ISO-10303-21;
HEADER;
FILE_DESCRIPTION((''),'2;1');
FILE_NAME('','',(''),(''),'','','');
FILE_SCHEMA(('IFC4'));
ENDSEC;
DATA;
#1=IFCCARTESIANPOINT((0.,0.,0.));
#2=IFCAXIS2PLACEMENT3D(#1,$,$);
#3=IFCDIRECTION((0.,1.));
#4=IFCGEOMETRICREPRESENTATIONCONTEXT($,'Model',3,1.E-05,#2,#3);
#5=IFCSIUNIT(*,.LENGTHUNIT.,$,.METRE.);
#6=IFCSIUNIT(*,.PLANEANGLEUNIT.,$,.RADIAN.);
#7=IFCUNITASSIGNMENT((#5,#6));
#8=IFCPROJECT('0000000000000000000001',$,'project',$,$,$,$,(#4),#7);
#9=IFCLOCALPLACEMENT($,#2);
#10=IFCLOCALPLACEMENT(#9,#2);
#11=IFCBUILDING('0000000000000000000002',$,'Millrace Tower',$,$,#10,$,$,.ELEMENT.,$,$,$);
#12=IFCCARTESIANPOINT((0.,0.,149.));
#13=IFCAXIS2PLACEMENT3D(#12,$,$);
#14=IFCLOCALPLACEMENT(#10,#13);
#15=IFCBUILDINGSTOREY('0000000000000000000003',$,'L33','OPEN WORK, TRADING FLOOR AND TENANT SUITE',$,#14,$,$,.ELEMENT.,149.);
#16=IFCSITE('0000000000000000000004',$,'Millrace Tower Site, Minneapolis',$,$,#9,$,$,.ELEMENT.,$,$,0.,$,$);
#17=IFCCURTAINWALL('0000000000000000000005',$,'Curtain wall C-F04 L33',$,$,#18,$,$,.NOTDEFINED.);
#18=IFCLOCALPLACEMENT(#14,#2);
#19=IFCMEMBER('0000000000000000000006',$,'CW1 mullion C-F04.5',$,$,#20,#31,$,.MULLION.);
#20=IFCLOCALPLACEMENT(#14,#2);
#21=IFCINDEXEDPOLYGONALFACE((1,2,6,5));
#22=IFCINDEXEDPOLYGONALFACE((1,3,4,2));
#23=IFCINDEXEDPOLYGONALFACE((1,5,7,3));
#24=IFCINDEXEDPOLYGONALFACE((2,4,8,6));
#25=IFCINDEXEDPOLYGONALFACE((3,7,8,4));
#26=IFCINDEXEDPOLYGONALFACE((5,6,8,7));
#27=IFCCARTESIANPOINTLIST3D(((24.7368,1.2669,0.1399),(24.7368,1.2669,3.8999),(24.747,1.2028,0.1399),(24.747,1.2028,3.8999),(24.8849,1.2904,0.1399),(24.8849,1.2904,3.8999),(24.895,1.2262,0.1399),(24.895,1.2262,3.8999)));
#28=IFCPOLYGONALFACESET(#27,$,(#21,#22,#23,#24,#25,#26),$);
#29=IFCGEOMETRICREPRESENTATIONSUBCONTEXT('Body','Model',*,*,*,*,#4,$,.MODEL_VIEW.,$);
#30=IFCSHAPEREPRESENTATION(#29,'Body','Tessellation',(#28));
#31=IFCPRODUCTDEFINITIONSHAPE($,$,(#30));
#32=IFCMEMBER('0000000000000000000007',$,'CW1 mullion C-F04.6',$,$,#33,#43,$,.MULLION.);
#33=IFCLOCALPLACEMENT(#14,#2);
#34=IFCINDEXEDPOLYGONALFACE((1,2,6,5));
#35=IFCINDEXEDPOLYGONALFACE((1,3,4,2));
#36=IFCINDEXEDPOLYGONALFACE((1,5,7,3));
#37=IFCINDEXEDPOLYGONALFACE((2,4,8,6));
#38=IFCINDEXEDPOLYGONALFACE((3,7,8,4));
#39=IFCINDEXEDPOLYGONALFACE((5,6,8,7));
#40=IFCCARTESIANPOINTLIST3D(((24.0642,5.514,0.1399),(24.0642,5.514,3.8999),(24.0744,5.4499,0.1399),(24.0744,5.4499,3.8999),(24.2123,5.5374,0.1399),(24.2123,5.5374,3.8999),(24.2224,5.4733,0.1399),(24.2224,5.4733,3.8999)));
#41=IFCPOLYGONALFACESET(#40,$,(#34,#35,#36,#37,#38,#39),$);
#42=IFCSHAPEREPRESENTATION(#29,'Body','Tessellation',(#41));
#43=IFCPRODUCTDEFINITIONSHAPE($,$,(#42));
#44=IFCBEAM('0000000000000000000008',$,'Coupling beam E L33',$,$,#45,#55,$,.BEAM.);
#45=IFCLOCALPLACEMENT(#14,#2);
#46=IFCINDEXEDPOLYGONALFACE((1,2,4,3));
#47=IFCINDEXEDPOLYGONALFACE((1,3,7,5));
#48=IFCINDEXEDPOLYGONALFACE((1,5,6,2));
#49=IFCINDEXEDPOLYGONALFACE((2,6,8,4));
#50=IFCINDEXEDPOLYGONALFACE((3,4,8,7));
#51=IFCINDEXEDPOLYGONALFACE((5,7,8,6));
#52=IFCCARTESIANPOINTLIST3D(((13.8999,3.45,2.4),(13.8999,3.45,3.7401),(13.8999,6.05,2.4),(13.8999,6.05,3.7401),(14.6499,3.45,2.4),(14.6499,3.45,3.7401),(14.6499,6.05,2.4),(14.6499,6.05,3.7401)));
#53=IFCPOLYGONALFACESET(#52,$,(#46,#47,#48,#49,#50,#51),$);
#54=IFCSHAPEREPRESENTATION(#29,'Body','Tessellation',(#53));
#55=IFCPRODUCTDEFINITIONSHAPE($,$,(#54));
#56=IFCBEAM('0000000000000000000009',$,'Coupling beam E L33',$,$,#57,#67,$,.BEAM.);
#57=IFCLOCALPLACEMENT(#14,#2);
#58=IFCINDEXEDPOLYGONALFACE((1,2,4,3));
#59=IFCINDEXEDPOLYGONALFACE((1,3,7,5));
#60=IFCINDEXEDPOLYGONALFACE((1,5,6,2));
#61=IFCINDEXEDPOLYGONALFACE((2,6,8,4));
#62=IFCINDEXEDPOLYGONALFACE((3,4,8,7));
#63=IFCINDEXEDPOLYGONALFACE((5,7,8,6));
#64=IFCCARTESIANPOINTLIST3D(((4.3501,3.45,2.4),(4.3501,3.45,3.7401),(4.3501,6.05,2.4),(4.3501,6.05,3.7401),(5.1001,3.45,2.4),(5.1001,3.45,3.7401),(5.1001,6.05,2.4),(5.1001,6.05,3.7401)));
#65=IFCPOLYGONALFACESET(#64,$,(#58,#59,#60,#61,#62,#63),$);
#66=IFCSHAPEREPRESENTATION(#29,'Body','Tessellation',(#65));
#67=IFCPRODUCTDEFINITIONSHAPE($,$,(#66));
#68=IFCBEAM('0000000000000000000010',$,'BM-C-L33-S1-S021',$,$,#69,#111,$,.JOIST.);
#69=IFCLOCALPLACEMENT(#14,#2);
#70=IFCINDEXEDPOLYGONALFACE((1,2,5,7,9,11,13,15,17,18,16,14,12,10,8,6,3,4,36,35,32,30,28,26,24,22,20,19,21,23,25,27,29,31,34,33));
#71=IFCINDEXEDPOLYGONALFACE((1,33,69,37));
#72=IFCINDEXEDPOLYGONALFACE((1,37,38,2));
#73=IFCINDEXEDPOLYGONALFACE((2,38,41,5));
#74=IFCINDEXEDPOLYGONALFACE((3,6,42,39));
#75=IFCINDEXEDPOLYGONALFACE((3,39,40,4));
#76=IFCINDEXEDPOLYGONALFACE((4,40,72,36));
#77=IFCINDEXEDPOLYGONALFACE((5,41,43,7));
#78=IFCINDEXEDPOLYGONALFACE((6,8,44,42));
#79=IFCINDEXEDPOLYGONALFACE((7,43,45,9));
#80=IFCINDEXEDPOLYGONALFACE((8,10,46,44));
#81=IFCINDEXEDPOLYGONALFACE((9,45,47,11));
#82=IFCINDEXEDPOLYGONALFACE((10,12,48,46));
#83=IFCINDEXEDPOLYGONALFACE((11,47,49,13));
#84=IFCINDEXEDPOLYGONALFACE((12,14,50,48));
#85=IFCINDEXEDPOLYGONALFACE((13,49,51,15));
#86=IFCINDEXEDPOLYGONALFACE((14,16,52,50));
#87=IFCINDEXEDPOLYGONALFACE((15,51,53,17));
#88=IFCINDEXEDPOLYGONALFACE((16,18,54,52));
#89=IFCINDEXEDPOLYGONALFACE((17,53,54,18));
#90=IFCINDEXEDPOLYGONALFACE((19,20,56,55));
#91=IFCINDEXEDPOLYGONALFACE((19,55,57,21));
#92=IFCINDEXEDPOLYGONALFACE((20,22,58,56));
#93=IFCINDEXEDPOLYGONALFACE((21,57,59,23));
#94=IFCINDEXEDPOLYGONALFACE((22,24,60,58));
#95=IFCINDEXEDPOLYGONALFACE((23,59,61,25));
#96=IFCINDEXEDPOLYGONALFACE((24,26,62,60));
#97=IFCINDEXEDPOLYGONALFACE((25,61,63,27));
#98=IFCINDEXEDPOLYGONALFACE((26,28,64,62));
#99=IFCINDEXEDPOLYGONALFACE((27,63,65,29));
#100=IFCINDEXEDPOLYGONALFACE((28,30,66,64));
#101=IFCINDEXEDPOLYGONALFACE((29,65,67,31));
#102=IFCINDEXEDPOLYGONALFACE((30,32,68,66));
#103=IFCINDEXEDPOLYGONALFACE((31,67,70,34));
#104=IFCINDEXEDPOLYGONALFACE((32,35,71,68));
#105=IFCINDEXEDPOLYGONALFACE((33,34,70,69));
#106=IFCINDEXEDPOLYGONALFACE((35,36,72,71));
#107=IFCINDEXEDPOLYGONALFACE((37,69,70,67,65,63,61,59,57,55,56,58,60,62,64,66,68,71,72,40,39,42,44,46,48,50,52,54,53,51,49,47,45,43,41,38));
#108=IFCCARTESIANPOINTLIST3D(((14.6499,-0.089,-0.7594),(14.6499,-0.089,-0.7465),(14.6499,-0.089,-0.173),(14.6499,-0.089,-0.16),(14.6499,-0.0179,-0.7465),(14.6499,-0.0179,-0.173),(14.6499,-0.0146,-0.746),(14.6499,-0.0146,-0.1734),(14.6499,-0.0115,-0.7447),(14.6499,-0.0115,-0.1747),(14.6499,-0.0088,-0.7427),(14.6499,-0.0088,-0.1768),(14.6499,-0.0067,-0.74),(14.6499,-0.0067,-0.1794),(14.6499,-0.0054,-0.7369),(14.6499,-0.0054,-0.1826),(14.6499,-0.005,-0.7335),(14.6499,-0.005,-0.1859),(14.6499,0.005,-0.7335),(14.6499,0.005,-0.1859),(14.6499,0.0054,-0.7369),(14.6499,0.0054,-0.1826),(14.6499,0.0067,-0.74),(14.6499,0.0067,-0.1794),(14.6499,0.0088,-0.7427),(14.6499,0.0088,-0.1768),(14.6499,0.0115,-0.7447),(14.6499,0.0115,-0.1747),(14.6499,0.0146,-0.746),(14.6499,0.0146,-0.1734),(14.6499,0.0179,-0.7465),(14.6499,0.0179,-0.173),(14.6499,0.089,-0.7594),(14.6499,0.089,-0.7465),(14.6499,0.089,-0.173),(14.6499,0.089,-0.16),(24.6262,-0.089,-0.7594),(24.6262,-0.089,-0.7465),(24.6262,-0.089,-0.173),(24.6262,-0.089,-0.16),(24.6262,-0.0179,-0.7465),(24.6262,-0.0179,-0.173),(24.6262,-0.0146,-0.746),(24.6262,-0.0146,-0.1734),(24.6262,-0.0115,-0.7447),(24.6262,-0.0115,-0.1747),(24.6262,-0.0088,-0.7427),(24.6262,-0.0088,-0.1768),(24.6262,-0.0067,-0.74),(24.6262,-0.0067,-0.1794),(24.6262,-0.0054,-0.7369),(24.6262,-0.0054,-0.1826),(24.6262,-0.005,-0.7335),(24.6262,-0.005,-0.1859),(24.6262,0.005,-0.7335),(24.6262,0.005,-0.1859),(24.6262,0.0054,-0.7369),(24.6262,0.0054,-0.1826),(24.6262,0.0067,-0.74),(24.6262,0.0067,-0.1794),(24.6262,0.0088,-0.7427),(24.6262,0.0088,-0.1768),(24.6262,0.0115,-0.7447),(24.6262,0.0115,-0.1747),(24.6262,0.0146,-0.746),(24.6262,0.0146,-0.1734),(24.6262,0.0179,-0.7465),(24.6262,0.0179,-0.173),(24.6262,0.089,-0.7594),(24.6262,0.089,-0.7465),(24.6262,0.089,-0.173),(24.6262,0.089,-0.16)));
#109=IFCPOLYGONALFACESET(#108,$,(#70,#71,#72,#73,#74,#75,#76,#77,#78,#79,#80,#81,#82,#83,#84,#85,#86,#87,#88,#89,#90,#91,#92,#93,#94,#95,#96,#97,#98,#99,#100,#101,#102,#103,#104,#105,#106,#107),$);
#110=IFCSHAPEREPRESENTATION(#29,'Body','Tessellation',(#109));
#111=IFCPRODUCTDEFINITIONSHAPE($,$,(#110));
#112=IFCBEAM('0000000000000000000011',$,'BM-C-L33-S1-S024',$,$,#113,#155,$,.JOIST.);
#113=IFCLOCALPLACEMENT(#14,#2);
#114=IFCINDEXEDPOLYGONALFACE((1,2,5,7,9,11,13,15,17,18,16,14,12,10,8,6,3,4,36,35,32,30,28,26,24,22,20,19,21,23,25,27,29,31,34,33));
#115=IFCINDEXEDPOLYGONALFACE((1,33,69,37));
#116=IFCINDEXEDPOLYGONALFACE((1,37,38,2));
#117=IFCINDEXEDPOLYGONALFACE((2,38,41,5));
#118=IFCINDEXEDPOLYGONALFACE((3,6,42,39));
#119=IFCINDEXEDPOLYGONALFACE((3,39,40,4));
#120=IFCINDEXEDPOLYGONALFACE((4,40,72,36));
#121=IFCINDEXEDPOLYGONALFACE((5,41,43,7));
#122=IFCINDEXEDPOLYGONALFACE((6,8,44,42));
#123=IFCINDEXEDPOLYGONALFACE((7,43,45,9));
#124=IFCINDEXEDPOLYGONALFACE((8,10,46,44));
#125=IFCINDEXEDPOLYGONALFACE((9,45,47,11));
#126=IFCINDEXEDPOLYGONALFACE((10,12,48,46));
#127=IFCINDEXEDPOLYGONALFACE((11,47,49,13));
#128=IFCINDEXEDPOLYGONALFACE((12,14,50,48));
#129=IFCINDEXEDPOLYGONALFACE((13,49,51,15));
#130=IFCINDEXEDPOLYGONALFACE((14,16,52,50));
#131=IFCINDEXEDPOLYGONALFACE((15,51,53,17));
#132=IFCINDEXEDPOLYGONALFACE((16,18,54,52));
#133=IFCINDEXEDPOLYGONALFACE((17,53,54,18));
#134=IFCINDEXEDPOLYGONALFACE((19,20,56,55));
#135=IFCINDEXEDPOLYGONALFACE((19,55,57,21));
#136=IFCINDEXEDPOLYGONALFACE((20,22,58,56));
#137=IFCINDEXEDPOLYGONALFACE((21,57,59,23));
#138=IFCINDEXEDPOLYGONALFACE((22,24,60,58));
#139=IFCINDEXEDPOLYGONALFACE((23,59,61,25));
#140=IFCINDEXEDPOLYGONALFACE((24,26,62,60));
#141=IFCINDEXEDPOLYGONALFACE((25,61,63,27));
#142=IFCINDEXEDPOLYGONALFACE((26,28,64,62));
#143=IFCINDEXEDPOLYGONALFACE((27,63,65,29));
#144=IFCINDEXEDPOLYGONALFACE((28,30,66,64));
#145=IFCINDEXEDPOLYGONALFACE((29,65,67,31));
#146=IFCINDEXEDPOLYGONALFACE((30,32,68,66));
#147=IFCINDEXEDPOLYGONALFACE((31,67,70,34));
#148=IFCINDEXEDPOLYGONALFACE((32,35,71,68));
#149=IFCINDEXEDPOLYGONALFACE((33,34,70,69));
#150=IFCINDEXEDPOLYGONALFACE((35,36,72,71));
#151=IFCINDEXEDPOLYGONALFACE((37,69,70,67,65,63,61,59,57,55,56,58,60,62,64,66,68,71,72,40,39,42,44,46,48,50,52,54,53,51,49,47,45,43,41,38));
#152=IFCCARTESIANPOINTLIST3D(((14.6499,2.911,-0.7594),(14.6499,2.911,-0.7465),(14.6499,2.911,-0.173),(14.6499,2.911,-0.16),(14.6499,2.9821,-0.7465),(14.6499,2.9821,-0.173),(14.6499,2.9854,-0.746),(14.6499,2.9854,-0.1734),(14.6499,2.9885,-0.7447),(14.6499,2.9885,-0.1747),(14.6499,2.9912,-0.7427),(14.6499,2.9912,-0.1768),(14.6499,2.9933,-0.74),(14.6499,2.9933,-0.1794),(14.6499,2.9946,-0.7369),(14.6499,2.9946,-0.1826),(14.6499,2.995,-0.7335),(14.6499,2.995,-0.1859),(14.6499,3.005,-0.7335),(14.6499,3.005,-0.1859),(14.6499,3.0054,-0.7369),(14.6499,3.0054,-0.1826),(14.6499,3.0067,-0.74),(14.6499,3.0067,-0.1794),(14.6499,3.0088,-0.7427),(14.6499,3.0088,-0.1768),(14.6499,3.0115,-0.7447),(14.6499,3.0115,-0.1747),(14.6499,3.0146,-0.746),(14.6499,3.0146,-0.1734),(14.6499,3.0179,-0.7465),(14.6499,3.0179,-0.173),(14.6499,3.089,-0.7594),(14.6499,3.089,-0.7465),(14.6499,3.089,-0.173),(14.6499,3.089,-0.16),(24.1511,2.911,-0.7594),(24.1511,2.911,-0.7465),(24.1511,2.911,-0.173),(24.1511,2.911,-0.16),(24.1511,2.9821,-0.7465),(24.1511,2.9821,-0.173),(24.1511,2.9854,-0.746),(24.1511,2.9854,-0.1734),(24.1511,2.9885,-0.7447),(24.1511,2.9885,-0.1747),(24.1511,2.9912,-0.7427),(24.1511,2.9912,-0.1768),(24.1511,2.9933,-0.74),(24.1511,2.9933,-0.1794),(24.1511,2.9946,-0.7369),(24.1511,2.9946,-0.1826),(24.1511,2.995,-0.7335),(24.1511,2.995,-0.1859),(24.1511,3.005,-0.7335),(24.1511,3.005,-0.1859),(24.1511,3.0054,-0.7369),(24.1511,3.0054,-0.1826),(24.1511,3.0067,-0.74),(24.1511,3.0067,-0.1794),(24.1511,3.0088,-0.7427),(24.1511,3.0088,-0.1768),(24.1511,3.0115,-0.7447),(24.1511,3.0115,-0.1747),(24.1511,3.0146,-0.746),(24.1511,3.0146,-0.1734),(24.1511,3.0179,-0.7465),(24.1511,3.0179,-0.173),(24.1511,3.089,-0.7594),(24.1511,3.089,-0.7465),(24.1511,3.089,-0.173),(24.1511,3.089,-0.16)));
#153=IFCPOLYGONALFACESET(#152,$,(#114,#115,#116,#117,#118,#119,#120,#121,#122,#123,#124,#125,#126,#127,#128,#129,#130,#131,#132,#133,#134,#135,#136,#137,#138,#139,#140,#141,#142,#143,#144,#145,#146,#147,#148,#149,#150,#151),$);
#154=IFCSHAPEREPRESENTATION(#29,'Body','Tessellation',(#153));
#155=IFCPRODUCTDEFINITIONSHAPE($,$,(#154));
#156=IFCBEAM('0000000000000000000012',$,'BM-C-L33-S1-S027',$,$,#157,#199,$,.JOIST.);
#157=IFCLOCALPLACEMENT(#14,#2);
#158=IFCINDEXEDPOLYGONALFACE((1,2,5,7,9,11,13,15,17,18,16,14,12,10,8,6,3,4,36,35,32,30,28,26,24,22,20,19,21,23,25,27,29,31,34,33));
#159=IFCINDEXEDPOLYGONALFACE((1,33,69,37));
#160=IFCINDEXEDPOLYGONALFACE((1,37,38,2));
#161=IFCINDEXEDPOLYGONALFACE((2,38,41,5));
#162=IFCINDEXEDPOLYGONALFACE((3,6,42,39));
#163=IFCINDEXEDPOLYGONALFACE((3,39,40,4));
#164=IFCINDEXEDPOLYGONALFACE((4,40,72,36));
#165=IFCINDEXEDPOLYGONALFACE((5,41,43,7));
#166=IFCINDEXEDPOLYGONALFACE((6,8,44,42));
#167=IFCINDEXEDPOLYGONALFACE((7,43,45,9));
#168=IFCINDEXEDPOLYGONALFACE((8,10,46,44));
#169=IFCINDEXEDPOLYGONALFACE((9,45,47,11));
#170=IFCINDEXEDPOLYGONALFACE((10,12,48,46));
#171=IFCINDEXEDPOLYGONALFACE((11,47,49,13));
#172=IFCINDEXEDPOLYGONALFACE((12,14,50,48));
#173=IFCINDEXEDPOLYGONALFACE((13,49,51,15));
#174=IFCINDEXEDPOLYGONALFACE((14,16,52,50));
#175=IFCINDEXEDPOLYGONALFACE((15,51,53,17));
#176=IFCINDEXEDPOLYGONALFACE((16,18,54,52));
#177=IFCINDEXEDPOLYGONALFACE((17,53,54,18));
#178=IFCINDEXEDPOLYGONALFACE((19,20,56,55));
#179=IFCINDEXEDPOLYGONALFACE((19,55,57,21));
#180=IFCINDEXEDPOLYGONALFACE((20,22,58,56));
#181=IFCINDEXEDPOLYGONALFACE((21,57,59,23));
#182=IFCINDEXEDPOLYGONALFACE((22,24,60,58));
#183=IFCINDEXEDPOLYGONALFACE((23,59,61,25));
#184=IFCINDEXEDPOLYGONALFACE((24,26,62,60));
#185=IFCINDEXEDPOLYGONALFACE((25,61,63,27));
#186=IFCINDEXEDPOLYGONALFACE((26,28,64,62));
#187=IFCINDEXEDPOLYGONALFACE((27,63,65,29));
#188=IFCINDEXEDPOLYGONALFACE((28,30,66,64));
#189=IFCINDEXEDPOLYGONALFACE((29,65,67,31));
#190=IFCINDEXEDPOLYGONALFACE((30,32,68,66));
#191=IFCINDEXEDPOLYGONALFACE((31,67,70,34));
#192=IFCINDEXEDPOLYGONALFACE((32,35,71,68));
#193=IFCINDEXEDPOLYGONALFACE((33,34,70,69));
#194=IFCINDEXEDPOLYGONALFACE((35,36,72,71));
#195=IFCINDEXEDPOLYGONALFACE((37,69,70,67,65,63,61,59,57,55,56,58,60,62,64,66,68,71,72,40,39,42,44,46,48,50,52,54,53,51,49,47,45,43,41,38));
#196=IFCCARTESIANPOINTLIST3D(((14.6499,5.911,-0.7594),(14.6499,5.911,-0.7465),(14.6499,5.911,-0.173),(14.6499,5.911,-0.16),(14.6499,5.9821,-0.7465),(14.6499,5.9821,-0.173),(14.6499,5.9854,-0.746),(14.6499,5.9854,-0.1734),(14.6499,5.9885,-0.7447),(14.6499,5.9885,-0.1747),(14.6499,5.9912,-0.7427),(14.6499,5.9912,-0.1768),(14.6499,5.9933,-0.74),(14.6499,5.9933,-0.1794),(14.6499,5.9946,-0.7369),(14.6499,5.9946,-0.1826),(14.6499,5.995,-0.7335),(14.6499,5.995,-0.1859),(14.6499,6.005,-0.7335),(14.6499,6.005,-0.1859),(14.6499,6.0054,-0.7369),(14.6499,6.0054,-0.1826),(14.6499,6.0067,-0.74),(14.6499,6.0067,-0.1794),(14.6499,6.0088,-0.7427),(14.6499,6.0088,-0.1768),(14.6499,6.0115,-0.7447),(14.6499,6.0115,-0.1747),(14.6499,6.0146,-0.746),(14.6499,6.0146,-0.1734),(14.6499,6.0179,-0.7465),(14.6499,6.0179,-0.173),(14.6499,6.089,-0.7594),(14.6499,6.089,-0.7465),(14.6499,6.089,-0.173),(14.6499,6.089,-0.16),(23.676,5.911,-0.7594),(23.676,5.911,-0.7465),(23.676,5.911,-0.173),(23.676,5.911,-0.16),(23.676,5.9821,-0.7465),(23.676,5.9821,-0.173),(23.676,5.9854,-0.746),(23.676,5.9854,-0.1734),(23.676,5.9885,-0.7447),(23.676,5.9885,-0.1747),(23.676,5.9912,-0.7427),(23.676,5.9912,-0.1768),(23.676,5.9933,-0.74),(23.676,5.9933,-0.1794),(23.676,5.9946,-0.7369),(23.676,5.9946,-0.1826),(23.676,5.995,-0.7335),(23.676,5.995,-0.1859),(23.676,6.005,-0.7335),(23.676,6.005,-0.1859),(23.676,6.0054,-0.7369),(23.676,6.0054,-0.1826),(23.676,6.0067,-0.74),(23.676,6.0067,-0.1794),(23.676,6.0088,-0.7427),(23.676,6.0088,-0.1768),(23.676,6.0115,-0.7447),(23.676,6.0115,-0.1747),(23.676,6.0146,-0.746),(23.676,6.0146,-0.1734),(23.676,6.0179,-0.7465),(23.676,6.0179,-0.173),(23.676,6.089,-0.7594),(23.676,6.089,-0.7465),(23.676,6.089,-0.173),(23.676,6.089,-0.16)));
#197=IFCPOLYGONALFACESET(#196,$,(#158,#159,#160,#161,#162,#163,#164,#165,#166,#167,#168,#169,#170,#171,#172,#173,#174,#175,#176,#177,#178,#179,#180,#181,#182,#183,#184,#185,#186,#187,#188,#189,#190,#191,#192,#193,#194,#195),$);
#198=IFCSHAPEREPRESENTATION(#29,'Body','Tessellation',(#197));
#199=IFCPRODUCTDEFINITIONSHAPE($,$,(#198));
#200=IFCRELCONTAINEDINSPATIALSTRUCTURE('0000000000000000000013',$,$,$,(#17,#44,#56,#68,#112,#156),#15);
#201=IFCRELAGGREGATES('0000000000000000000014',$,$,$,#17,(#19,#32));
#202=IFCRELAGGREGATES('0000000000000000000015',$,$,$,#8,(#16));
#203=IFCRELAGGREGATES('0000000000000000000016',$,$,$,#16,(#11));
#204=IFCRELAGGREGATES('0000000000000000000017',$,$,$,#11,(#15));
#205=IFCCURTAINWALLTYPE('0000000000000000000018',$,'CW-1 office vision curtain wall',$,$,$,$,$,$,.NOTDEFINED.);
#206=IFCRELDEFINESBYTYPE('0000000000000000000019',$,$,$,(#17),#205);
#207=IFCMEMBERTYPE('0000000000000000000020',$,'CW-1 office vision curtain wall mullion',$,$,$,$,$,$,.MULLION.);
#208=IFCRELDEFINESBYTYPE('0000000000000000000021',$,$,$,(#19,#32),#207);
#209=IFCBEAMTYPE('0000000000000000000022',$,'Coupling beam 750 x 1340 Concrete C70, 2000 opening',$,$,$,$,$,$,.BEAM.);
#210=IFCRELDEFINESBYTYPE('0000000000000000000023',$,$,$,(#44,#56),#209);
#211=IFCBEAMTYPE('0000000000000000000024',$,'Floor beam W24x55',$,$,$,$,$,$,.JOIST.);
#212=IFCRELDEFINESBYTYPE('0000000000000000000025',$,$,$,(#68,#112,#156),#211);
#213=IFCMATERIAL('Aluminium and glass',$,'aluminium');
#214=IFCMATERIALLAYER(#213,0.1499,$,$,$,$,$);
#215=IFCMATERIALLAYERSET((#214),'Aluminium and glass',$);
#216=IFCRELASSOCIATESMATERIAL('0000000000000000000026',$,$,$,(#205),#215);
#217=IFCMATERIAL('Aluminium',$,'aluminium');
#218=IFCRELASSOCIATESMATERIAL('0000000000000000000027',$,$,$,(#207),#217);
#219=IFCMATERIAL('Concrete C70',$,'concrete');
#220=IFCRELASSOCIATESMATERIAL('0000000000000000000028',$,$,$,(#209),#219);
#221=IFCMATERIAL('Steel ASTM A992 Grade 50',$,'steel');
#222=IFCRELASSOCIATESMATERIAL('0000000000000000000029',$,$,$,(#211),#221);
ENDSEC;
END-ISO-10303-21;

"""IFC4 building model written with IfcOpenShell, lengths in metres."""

from ifc_helpers import new_model, si_unit, direction, frame, origin, origin_2d, place, context, subcontext, project, spatial, rectangle, i_section, extrude, material, layer, layer_set, material_profile, profile_set, type_object, element, aggregate, save


model = new_model("IFC4")

# Units and contexts
model_context = context("Model", 3, precision=1e-05, world=origin(), true_north=direction((0.0, 1.0)))
body_context = subcontext(model_context, "Body", "Model", "MODEL_VIEW")
ifc_project = project(units=[si_unit("LENGTHUNIT", "METRE"), si_unit("PLANEANGLEUNIT", "RADIAN")], contexts=[model_context])

# Site, building, storey
site_placement = place(None, origin())
site = spatial("IfcSite", under=ifc_project, at=site_placement, Name="Millrace Tower Site, Minneapolis", CompositionType="ELEMENT", RefElevation=0.0)
building_placement = place(site_placement, origin())
building = spatial("IfcBuilding", under=site, at=building_placement, Name="Millrace Tower", CompositionType="ELEMENT")
storey_placement = place(building_placement, frame((0.0, 0.0, 149.0)))
storey = spatial("IfcBuildingStorey", under=building, at=storey_placement, Name="L33", Description="OPEN WORK, TRADING FLOOR AND TENANT SUITE", CompositionType="ELEMENT", Elevation=149.0)

# Curtain wall, members
ifc_material_1 = material(Name="Aluminium and glass", Category="aluminium")
ifc_layer_1 = layer(ifc_material_1, 0.1499)
ifc_layer_set_1 = layer_set([ifc_layer_1], Name="Aluminium and glass")
curtain_wall_type = type_object("IfcCurtainWallType", Name="CW-1 office vision curtain wall", PredefinedType="NOTDEFINED", material=ifc_layer_set_1)
curtain_wall_placement = place(storey_placement, origin())
curtain_wall = element("IfcCurtainWall", 1, at=curtain_wall_placement, inside=storey, type_object=curtain_wall_type, Name="Curtain wall C-F04 L33", PredefinedType="NOTDEFINED")
ifc_material_2 = material(Name="Aluminium", Category="aluminium")
ifc_material_profile_1 = material_profile(ifc_material_2, rectangle(XDim=0.0649, YDim=0.1499, at=origin_2d()))
ifc_profile_set_1 = profile_set([ifc_material_profile_1], Name="Aluminium")
member_type = type_object("IfcMemberType", Name="CW-1 office vision curtain wall mullion", PredefinedType="MULLION", material=ifc_profile_set_1)
member_1_placement = place(storey_placement, frame((24.8159, 1.2466, 0.1399), z_axis=(0.0, 0.0, 1.0), x_axis=(-0.156434, 0.987688, 0.0)))
member_1 = element("IfcMember", 2, at=member_1_placement, type_object=member_type, Name="CW1 mullion C-F04.5", PredefinedType="MULLION", context=body_context, shape_type="SweptSolid", body=[
    extrude(rectangle(XDim=0.0649, YDim=0.1499, at=origin_2d()), origin(), (0.0, 0.0, 1.0), 3.76),
])
member_2_placement = place(storey_placement, frame((24.1433, 5.4937, 0.1399), z_axis=(0.0, 0.0, 1.0), x_axis=(-0.156434, 0.987688, 0.0)))
member_2 = element("IfcMember", 3, at=member_2_placement, type_object=member_type, Name="CW1 mullion C-F04.6", PredefinedType="MULLION", context=body_context, shape_type="SweptSolid", body=[
    extrude(rectangle(XDim=0.0649, YDim=0.1499, at=origin_2d()), origin(), (0.0, 0.0, 1.0), 3.76),
])
aggregate(curtain_wall, [member_1, member_2])

# Beams
ifc_material_3 = material(Name="Concrete C70", Category="concrete")
ifc_material_profile_2 = material_profile(ifc_material_3, rectangle(XDim=0.75, YDim=1.3401, at=origin_2d()))
ifc_profile_set_2 = profile_set([ifc_material_profile_2], Name="Concrete C70")
beam_type_1 = type_object("IfcBeamType", Name="Coupling beam 750 x 1340 Concrete C70, 2000 opening", PredefinedType="BEAM", material=ifc_profile_set_2)
for number, where, z_axis, x_axis, name in (
    (4, (14.2749, 6.05, 3.0701), (0.0, -1.0, 0.0), (1.0, 0.0, 0.0), "Coupling beam E L33"),
    (5, (4.7251, 6.05, 3.0701), (0.0, -1.0, 0.0), (1.0, 0.0, 0.0), "Coupling beam E L33"),
):
    element("IfcBeam", number, at=place(storey_placement, frame(where, z_axis=z_axis, x_axis=x_axis)), inside=storey, type_object=beam_type_1, Name=name, PredefinedType="BEAM", context=body_context, shape_type="SweptSolid", body=[
        extrude(rectangle(XDim=0.75, YDim=1.3401, at=origin_2d()), origin(), (0.0, 0.0, 1.0), 2.6001),
    ])
ifc_material_4 = material(Name="Steel ASTM A992 Grade 50", Category="steel")
ifc_material_profile_3 = material_profile(ifc_material_4, i_section(OverallWidth=0.178, OverallDepth=0.5994, WebThickness=0.01, FlangeThickness=0.0129, FilletRadius=0.0129, at=origin_2d()))
ifc_profile_set_3 = profile_set([ifc_material_profile_3], Name="Steel ASTM A992 Grade 50")
beam_type_2 = type_object("IfcBeamType", Name="Floor beam W24x55", PredefinedType="JOIST", material=ifc_profile_set_3)
beam_1_placement = place(storey_placement, frame((14.6499, 0.0, -0.4597), z_axis=(1.0, 0.0, 0.0), x_axis=(0.0, 1.0, 0.0)))
element("IfcBeam", 6, at=beam_1_placement, inside=storey, type_object=beam_type_2, Name="BM-C-L33-S1-S021", PredefinedType="JOIST", context=body_context, shape_type="SweptSolid", body=[
    extrude(i_section(OverallWidth=0.178, OverallDepth=0.5994, WebThickness=0.01, FlangeThickness=0.0129, FilletRadius=0.0129, at=origin_2d()), origin(), (0.0, 0.0, 1.0), 9.9763),
])
beam_2_placement = place(storey_placement, frame((14.6499, 3.0, -0.4597), z_axis=(1.0, 0.0, 0.0), x_axis=(0.0, 1.0, 0.0)))
element("IfcBeam", 7, at=beam_2_placement, inside=storey, type_object=beam_type_2, Name="BM-C-L33-S1-S024", PredefinedType="JOIST", context=body_context, shape_type="SweptSolid", body=[
    extrude(i_section(OverallWidth=0.178, OverallDepth=0.5994, WebThickness=0.01, FlangeThickness=0.0129, FilletRadius=0.0129, at=origin_2d()), origin(), (0.0, 0.0, 1.0), 9.5012),
])
beam_3_placement = place(storey_placement, frame((14.6499, 6.0, -0.4597), z_axis=(1.0, 0.0, 0.0), x_axis=(0.0, 1.0, 0.0)))
element("IfcBeam", 8, at=beam_3_placement, inside=storey, type_object=beam_type_2, Name="BM-C-L33-S1-S027", PredefinedType="JOIST", context=body_context, shape_type="SweptSolid", body=[
    extrude(i_section(OverallWidth=0.178, OverallDepth=0.5994, WebThickness=0.01, FlangeThickness=0.0129, FilletRadius=0.0129, at=origin_2d()), origin(), (0.0, 0.0, 1.0), 9.0261),
])

save(model, "model.ifc")
